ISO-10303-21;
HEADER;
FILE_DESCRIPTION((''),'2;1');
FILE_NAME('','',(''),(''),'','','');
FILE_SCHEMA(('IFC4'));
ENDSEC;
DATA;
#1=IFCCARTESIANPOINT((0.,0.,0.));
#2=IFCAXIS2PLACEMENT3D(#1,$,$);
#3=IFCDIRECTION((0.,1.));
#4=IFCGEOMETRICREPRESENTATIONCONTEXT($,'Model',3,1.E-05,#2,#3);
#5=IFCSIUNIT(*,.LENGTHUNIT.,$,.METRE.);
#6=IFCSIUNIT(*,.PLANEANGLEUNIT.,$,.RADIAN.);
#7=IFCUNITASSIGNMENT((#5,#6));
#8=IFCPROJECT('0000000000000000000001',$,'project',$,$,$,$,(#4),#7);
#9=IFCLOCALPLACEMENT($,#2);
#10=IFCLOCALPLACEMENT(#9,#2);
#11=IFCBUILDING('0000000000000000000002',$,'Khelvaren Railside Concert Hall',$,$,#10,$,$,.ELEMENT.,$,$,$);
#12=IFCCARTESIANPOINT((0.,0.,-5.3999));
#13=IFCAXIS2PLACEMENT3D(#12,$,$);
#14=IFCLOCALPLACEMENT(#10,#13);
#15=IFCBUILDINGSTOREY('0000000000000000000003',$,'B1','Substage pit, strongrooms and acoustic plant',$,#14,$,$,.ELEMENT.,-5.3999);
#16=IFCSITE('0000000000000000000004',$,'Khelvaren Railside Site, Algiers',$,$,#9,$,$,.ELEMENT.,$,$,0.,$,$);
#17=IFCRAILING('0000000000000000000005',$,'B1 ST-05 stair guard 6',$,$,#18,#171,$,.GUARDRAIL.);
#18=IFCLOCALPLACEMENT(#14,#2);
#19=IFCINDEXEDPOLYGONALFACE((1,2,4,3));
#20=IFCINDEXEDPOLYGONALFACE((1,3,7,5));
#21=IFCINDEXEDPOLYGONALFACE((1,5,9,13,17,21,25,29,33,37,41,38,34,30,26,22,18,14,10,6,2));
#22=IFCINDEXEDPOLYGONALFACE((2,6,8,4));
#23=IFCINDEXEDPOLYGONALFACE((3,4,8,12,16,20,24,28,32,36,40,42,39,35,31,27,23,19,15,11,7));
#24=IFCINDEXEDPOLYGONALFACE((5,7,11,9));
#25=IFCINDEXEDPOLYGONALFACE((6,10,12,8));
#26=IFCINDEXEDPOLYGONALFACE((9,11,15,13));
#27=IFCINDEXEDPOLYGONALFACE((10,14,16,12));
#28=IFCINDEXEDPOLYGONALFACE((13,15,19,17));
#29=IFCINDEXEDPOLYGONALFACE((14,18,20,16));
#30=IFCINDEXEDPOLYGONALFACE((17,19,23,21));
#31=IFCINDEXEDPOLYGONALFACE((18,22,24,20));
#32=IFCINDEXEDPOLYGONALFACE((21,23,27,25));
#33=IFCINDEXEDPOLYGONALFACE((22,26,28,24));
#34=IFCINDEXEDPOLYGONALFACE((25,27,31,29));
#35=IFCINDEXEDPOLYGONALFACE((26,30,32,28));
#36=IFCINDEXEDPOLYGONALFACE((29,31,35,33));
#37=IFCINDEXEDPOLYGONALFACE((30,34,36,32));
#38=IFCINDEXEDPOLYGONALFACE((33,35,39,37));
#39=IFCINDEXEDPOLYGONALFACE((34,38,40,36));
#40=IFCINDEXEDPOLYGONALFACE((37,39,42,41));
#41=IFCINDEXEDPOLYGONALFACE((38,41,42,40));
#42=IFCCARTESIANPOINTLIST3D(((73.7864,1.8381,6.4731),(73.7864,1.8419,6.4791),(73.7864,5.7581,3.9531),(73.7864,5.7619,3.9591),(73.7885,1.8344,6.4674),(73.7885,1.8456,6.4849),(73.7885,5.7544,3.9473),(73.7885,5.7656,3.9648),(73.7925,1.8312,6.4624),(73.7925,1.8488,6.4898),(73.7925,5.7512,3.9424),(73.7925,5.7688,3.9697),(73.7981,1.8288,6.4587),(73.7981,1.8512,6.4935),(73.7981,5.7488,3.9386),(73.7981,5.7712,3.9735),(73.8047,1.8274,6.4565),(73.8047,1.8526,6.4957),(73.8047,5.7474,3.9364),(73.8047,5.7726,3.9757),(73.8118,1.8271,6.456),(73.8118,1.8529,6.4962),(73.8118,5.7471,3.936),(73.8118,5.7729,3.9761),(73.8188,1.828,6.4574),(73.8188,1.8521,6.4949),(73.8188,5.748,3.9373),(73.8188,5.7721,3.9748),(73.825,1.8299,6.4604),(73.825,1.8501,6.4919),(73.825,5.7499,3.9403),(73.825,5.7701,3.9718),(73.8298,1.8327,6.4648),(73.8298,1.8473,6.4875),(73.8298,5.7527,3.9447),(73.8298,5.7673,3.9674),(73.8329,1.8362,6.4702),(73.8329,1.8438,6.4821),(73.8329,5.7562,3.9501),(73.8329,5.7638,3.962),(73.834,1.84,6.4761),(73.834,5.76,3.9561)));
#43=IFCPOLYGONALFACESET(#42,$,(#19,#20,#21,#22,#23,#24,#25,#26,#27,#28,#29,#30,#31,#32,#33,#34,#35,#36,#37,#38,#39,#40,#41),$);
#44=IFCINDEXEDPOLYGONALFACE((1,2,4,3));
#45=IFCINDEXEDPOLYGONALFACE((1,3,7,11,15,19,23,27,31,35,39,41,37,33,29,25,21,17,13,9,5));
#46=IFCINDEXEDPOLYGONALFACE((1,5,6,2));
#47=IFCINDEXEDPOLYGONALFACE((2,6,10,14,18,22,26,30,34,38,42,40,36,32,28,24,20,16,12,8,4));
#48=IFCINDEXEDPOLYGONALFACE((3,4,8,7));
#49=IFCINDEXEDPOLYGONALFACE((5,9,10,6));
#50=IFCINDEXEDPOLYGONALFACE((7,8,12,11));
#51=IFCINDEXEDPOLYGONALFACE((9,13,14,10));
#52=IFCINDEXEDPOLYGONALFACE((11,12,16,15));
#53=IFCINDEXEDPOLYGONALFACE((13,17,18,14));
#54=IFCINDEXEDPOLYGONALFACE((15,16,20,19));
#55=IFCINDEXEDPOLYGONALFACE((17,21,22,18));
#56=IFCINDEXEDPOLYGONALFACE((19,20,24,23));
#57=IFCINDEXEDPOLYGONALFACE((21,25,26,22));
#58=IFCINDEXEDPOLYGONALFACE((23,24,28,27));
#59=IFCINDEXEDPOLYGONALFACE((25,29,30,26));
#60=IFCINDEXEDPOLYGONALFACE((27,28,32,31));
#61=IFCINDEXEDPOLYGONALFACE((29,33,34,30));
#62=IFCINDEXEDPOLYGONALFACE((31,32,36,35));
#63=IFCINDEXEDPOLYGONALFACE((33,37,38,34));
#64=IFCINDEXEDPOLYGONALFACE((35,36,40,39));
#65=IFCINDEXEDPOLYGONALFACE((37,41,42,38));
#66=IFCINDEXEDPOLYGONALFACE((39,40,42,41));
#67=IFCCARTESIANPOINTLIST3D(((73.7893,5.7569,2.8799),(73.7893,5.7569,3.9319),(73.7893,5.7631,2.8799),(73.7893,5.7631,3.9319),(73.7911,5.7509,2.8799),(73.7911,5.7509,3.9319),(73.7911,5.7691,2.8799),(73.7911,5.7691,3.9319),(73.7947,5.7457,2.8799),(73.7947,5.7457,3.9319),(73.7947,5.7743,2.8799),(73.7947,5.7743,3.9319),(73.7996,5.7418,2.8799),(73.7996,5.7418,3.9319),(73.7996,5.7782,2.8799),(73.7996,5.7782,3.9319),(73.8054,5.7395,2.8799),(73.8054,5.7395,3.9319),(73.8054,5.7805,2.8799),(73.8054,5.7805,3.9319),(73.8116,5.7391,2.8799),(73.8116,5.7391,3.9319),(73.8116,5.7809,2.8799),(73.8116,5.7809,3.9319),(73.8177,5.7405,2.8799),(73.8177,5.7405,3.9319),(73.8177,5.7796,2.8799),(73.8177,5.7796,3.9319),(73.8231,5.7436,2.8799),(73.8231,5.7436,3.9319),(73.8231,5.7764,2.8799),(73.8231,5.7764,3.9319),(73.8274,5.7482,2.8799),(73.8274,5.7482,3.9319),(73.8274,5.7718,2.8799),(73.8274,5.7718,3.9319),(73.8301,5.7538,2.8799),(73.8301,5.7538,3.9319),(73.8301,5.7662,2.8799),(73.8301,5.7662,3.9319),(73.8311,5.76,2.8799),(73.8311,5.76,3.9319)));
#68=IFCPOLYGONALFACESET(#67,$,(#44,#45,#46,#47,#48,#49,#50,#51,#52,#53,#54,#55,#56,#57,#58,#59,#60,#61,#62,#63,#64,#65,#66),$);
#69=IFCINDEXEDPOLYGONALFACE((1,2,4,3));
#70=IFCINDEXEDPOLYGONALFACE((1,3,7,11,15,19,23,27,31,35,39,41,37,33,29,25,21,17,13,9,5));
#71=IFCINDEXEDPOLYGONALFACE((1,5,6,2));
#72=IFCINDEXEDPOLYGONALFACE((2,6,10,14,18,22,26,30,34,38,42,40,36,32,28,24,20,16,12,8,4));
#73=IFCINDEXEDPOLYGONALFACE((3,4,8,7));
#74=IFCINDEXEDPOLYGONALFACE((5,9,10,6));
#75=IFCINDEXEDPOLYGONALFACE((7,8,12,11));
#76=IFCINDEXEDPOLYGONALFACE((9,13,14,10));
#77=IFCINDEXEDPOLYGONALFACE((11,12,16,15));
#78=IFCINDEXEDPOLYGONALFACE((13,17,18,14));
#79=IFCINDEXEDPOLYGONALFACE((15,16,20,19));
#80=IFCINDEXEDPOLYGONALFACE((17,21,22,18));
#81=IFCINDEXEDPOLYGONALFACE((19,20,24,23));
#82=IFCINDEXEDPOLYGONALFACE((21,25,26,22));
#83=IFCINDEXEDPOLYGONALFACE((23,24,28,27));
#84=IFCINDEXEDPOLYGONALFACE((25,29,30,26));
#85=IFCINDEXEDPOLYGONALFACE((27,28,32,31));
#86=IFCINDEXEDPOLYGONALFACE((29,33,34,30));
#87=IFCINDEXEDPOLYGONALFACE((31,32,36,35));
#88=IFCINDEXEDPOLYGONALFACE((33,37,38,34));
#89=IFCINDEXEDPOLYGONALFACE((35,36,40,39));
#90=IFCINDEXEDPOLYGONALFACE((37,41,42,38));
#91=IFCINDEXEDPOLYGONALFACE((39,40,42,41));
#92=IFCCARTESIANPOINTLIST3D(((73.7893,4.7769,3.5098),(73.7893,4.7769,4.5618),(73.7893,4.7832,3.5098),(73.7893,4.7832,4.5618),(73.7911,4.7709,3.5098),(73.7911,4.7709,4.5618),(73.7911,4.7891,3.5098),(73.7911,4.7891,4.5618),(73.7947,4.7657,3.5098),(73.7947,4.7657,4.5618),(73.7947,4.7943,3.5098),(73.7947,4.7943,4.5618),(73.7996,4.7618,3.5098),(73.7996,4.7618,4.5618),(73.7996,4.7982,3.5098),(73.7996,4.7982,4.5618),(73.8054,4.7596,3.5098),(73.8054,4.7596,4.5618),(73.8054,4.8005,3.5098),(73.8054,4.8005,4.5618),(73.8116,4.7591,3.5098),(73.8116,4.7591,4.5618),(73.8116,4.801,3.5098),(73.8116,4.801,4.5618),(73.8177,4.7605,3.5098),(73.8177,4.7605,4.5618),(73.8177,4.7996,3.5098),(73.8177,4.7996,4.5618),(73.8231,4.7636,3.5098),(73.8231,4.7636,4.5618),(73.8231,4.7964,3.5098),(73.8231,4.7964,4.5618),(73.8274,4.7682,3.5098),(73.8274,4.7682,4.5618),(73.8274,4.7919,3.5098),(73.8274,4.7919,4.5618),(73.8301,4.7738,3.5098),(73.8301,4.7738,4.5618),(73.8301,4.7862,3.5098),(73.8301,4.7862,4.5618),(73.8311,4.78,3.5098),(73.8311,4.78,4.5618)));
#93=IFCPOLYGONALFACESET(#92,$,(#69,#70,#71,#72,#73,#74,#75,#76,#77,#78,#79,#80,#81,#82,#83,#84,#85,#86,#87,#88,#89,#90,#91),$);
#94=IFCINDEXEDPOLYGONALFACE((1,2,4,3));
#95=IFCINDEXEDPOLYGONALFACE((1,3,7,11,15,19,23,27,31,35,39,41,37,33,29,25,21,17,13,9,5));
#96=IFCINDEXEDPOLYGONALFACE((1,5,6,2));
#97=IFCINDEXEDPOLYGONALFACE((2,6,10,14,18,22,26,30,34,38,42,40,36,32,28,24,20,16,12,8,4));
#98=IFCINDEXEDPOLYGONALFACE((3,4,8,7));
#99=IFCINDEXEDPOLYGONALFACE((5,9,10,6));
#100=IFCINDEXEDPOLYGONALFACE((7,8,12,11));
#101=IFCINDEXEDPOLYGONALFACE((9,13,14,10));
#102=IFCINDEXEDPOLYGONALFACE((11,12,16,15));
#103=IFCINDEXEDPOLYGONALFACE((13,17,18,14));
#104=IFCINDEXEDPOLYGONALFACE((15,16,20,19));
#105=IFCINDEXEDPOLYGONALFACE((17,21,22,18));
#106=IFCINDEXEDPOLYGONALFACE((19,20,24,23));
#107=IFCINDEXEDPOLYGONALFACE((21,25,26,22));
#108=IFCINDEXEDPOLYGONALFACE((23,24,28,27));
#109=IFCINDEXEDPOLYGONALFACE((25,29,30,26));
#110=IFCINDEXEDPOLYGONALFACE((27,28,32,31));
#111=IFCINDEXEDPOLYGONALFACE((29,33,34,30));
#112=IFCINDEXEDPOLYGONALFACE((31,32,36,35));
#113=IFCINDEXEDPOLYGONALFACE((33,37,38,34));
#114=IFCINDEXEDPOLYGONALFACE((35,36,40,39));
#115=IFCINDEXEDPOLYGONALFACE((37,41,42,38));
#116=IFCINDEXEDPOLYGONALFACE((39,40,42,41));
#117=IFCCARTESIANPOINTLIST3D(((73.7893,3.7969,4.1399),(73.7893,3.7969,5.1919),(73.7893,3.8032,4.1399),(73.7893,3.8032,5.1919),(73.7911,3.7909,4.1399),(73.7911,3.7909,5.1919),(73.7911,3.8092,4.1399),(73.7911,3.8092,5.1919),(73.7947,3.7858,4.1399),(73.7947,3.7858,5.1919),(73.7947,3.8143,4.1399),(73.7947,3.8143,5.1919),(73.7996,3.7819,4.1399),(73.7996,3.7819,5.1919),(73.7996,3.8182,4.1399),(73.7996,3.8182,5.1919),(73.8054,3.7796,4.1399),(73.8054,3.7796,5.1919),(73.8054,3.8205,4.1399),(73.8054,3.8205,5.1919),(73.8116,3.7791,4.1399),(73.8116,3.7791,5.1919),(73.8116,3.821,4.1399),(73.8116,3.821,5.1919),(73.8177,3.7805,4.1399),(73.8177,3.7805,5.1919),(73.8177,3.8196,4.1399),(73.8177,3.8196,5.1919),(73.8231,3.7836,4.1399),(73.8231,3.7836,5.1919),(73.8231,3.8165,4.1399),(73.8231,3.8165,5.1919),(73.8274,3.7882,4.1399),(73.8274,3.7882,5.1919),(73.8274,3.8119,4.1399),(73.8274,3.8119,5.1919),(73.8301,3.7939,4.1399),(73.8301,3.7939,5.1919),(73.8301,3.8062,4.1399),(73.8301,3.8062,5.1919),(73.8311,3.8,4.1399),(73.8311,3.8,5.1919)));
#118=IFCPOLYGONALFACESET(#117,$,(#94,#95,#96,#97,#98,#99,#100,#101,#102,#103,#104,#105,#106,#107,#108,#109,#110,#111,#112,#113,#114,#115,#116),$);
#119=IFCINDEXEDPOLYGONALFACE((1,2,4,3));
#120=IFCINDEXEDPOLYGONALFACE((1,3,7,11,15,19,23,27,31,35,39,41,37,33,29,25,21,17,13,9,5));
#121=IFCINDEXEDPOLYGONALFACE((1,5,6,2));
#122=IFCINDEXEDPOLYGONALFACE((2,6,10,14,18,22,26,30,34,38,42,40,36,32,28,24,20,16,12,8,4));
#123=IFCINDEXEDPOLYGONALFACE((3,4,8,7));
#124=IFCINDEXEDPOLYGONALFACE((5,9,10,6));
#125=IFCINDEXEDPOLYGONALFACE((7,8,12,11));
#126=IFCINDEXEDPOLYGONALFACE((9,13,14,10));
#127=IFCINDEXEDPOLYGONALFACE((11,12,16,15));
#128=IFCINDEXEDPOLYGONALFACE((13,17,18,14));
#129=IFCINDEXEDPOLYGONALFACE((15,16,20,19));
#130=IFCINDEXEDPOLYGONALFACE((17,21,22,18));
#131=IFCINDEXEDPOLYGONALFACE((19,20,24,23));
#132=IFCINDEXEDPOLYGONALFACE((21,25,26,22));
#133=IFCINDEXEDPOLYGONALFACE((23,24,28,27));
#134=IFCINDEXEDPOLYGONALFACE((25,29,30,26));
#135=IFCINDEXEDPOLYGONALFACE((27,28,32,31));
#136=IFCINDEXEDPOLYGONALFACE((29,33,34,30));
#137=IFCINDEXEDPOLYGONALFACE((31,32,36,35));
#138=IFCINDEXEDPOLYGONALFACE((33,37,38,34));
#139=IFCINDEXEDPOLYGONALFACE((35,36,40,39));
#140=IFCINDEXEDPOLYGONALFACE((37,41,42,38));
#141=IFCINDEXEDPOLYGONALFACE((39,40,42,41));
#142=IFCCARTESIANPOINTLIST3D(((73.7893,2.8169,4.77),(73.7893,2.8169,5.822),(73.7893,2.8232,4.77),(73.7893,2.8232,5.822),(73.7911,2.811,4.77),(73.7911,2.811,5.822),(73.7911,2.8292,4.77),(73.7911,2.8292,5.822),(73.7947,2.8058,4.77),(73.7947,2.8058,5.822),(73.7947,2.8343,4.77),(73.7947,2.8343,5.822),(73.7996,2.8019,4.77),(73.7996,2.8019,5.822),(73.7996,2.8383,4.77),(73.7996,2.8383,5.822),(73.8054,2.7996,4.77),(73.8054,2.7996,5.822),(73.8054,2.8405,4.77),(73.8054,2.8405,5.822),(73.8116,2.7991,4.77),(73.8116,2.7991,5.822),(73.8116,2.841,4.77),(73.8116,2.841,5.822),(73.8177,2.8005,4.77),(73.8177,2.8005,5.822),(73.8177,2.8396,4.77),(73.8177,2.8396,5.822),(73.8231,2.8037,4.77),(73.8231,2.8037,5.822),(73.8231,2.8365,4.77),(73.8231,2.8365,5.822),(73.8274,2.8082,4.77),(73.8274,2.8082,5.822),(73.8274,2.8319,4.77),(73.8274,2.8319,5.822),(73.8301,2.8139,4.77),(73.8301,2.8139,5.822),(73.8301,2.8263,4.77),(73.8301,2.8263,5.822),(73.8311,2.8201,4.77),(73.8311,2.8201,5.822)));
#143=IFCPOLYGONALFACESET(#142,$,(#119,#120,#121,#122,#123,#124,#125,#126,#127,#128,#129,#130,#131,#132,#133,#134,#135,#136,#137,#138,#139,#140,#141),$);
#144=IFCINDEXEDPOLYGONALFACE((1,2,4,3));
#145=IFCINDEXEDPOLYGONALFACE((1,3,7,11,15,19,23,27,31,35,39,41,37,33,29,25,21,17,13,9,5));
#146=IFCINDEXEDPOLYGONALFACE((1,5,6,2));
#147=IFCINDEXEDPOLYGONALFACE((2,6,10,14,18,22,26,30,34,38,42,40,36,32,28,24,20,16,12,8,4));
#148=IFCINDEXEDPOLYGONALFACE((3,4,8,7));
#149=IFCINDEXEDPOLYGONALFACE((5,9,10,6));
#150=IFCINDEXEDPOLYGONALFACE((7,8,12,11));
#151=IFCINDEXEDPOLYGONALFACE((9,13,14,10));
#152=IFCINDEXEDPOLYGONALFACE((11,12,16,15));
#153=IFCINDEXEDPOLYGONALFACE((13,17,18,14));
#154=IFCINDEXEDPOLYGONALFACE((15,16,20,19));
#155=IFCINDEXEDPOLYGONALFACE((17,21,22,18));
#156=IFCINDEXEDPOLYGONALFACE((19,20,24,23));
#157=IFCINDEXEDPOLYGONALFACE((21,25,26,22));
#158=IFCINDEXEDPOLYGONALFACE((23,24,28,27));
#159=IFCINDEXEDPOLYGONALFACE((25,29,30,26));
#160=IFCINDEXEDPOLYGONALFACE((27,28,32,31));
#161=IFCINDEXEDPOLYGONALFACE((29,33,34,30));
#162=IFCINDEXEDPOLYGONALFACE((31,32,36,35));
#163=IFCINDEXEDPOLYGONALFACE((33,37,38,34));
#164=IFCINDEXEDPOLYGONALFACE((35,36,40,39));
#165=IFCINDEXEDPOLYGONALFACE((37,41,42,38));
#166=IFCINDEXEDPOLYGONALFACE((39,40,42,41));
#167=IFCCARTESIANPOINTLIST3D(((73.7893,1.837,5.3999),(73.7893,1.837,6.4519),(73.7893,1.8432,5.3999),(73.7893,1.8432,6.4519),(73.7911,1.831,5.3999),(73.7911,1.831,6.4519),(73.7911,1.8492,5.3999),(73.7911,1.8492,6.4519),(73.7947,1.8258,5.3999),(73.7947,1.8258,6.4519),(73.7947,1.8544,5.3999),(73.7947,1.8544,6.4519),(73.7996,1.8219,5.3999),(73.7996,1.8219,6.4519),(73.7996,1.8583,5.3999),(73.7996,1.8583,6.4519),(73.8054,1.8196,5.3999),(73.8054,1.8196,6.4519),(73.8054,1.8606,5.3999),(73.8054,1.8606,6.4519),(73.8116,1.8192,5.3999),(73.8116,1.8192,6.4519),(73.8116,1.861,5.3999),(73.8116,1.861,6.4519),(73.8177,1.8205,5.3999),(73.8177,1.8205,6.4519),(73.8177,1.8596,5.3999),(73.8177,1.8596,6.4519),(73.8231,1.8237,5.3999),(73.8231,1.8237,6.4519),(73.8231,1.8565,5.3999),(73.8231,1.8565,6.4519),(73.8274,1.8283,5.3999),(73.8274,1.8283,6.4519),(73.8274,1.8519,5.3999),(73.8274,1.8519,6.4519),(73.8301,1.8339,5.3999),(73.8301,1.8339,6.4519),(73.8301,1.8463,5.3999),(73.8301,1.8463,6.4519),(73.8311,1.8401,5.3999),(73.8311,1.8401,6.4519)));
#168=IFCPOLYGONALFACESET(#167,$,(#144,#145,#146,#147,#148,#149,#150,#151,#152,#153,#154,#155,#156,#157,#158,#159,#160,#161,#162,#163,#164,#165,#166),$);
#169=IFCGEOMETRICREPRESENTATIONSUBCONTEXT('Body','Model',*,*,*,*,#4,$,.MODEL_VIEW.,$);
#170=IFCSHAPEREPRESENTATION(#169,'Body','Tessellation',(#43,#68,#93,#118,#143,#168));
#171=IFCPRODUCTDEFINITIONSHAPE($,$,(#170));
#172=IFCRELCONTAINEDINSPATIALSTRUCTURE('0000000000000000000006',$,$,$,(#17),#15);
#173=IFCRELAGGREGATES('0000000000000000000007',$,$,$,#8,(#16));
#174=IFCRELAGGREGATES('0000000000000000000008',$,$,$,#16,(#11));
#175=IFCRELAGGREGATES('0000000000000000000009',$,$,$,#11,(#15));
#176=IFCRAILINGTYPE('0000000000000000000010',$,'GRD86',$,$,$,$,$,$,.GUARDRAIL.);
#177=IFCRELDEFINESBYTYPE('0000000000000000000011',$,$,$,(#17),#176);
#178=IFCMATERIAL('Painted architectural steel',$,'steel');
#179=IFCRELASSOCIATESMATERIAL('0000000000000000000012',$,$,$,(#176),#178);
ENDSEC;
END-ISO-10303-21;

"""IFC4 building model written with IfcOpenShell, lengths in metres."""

from ifc_helpers import new_model, si_unit, direction, frame, origin, origin_2d, place, context, subcontext, project, spatial, circle, extrude, material, type_object, element, save


model = new_model("IFC4")

# Units and contexts
model_context = context("Model", 3, precision=1e-05, world=origin(), true_north=direction((0.0, 1.0)))
body_context = subcontext(model_context, "Body", "Model", "MODEL_VIEW")
ifc_project = project(units=[si_unit("LENGTHUNIT", "METRE"), si_unit("PLANEANGLEUNIT", "RADIAN")], contexts=[model_context])

# Site, building, storey
site_placement = place(None, origin())
site = spatial("IfcSite", under=ifc_project, at=site_placement, Name="Khelvaren Railside Site, Algiers", CompositionType="ELEMENT", RefElevation=0.0)
building_placement = place(site_placement, origin())
building = spatial("IfcBuilding", under=site, at=building_placement, Name="Khelvaren Railside Concert Hall", CompositionType="ELEMENT")
storey_placement = place(building_placement, frame((0.0, 0.0, -5.3999)))
storey = spatial("IfcBuildingStorey", under=building, at=storey_placement, Name="B1", Description="Substage pit, strongrooms and acoustic plant", CompositionType="ELEMENT", Elevation=-5.3999)

# Railing
ifc_material_1 = material(Name="Painted architectural steel", Category="steel")
railing_type_1 = type_object("IfcRailingType", Name="GRD86", PredefinedType="GUARDRAIL", material=ifc_material_1)
railing_1_placement = place(storey_placement, frame((73.8101, 5.76, 2.8799)))
element("IfcRailing", 1, at=railing_1_placement, inside=storey, type_object=railing_type_1, Name="B1 ST-05 stair guard 6", PredefinedType="GUARDRAIL", context=body_context, shape_type="SweptSolid", body=[
    extrude(circle(Radius=0.0239, at=origin_2d()), frame((0.0, 0.0, 1.0762), z_axis=(0.0, -0.841172, 0.540768), x_axis=(1.0, 0.0, 0.0)), (0.0, 0.0, 1.0), 4.6602),
    extrude(circle(Radius=0.021, at=origin_2d()), origin(), (0.0, 0.0, 1.0), 1.052),
    extrude(circle(Radius=0.021, at=origin_2d()), frame((0.0, -0.98, 0.6299)), (0.0, 0.0, 1.0), 1.052),
    extrude(circle(Radius=0.021, at=origin_2d()), frame((0.0, -1.96, 1.26)), (0.0, 0.0, 1.0), 1.052),
    extrude(circle(Radius=0.021, at=origin_2d()), frame((0.0, -2.9399, 1.8901)), (0.0, 0.0, 1.0), 1.052),
    extrude(circle(Radius=0.021, at=origin_2d()), frame((0.0, -3.9199, 2.52)), (0.0, 0.0, 1.0), 1.052),
])

save(model, "model.ifc")
